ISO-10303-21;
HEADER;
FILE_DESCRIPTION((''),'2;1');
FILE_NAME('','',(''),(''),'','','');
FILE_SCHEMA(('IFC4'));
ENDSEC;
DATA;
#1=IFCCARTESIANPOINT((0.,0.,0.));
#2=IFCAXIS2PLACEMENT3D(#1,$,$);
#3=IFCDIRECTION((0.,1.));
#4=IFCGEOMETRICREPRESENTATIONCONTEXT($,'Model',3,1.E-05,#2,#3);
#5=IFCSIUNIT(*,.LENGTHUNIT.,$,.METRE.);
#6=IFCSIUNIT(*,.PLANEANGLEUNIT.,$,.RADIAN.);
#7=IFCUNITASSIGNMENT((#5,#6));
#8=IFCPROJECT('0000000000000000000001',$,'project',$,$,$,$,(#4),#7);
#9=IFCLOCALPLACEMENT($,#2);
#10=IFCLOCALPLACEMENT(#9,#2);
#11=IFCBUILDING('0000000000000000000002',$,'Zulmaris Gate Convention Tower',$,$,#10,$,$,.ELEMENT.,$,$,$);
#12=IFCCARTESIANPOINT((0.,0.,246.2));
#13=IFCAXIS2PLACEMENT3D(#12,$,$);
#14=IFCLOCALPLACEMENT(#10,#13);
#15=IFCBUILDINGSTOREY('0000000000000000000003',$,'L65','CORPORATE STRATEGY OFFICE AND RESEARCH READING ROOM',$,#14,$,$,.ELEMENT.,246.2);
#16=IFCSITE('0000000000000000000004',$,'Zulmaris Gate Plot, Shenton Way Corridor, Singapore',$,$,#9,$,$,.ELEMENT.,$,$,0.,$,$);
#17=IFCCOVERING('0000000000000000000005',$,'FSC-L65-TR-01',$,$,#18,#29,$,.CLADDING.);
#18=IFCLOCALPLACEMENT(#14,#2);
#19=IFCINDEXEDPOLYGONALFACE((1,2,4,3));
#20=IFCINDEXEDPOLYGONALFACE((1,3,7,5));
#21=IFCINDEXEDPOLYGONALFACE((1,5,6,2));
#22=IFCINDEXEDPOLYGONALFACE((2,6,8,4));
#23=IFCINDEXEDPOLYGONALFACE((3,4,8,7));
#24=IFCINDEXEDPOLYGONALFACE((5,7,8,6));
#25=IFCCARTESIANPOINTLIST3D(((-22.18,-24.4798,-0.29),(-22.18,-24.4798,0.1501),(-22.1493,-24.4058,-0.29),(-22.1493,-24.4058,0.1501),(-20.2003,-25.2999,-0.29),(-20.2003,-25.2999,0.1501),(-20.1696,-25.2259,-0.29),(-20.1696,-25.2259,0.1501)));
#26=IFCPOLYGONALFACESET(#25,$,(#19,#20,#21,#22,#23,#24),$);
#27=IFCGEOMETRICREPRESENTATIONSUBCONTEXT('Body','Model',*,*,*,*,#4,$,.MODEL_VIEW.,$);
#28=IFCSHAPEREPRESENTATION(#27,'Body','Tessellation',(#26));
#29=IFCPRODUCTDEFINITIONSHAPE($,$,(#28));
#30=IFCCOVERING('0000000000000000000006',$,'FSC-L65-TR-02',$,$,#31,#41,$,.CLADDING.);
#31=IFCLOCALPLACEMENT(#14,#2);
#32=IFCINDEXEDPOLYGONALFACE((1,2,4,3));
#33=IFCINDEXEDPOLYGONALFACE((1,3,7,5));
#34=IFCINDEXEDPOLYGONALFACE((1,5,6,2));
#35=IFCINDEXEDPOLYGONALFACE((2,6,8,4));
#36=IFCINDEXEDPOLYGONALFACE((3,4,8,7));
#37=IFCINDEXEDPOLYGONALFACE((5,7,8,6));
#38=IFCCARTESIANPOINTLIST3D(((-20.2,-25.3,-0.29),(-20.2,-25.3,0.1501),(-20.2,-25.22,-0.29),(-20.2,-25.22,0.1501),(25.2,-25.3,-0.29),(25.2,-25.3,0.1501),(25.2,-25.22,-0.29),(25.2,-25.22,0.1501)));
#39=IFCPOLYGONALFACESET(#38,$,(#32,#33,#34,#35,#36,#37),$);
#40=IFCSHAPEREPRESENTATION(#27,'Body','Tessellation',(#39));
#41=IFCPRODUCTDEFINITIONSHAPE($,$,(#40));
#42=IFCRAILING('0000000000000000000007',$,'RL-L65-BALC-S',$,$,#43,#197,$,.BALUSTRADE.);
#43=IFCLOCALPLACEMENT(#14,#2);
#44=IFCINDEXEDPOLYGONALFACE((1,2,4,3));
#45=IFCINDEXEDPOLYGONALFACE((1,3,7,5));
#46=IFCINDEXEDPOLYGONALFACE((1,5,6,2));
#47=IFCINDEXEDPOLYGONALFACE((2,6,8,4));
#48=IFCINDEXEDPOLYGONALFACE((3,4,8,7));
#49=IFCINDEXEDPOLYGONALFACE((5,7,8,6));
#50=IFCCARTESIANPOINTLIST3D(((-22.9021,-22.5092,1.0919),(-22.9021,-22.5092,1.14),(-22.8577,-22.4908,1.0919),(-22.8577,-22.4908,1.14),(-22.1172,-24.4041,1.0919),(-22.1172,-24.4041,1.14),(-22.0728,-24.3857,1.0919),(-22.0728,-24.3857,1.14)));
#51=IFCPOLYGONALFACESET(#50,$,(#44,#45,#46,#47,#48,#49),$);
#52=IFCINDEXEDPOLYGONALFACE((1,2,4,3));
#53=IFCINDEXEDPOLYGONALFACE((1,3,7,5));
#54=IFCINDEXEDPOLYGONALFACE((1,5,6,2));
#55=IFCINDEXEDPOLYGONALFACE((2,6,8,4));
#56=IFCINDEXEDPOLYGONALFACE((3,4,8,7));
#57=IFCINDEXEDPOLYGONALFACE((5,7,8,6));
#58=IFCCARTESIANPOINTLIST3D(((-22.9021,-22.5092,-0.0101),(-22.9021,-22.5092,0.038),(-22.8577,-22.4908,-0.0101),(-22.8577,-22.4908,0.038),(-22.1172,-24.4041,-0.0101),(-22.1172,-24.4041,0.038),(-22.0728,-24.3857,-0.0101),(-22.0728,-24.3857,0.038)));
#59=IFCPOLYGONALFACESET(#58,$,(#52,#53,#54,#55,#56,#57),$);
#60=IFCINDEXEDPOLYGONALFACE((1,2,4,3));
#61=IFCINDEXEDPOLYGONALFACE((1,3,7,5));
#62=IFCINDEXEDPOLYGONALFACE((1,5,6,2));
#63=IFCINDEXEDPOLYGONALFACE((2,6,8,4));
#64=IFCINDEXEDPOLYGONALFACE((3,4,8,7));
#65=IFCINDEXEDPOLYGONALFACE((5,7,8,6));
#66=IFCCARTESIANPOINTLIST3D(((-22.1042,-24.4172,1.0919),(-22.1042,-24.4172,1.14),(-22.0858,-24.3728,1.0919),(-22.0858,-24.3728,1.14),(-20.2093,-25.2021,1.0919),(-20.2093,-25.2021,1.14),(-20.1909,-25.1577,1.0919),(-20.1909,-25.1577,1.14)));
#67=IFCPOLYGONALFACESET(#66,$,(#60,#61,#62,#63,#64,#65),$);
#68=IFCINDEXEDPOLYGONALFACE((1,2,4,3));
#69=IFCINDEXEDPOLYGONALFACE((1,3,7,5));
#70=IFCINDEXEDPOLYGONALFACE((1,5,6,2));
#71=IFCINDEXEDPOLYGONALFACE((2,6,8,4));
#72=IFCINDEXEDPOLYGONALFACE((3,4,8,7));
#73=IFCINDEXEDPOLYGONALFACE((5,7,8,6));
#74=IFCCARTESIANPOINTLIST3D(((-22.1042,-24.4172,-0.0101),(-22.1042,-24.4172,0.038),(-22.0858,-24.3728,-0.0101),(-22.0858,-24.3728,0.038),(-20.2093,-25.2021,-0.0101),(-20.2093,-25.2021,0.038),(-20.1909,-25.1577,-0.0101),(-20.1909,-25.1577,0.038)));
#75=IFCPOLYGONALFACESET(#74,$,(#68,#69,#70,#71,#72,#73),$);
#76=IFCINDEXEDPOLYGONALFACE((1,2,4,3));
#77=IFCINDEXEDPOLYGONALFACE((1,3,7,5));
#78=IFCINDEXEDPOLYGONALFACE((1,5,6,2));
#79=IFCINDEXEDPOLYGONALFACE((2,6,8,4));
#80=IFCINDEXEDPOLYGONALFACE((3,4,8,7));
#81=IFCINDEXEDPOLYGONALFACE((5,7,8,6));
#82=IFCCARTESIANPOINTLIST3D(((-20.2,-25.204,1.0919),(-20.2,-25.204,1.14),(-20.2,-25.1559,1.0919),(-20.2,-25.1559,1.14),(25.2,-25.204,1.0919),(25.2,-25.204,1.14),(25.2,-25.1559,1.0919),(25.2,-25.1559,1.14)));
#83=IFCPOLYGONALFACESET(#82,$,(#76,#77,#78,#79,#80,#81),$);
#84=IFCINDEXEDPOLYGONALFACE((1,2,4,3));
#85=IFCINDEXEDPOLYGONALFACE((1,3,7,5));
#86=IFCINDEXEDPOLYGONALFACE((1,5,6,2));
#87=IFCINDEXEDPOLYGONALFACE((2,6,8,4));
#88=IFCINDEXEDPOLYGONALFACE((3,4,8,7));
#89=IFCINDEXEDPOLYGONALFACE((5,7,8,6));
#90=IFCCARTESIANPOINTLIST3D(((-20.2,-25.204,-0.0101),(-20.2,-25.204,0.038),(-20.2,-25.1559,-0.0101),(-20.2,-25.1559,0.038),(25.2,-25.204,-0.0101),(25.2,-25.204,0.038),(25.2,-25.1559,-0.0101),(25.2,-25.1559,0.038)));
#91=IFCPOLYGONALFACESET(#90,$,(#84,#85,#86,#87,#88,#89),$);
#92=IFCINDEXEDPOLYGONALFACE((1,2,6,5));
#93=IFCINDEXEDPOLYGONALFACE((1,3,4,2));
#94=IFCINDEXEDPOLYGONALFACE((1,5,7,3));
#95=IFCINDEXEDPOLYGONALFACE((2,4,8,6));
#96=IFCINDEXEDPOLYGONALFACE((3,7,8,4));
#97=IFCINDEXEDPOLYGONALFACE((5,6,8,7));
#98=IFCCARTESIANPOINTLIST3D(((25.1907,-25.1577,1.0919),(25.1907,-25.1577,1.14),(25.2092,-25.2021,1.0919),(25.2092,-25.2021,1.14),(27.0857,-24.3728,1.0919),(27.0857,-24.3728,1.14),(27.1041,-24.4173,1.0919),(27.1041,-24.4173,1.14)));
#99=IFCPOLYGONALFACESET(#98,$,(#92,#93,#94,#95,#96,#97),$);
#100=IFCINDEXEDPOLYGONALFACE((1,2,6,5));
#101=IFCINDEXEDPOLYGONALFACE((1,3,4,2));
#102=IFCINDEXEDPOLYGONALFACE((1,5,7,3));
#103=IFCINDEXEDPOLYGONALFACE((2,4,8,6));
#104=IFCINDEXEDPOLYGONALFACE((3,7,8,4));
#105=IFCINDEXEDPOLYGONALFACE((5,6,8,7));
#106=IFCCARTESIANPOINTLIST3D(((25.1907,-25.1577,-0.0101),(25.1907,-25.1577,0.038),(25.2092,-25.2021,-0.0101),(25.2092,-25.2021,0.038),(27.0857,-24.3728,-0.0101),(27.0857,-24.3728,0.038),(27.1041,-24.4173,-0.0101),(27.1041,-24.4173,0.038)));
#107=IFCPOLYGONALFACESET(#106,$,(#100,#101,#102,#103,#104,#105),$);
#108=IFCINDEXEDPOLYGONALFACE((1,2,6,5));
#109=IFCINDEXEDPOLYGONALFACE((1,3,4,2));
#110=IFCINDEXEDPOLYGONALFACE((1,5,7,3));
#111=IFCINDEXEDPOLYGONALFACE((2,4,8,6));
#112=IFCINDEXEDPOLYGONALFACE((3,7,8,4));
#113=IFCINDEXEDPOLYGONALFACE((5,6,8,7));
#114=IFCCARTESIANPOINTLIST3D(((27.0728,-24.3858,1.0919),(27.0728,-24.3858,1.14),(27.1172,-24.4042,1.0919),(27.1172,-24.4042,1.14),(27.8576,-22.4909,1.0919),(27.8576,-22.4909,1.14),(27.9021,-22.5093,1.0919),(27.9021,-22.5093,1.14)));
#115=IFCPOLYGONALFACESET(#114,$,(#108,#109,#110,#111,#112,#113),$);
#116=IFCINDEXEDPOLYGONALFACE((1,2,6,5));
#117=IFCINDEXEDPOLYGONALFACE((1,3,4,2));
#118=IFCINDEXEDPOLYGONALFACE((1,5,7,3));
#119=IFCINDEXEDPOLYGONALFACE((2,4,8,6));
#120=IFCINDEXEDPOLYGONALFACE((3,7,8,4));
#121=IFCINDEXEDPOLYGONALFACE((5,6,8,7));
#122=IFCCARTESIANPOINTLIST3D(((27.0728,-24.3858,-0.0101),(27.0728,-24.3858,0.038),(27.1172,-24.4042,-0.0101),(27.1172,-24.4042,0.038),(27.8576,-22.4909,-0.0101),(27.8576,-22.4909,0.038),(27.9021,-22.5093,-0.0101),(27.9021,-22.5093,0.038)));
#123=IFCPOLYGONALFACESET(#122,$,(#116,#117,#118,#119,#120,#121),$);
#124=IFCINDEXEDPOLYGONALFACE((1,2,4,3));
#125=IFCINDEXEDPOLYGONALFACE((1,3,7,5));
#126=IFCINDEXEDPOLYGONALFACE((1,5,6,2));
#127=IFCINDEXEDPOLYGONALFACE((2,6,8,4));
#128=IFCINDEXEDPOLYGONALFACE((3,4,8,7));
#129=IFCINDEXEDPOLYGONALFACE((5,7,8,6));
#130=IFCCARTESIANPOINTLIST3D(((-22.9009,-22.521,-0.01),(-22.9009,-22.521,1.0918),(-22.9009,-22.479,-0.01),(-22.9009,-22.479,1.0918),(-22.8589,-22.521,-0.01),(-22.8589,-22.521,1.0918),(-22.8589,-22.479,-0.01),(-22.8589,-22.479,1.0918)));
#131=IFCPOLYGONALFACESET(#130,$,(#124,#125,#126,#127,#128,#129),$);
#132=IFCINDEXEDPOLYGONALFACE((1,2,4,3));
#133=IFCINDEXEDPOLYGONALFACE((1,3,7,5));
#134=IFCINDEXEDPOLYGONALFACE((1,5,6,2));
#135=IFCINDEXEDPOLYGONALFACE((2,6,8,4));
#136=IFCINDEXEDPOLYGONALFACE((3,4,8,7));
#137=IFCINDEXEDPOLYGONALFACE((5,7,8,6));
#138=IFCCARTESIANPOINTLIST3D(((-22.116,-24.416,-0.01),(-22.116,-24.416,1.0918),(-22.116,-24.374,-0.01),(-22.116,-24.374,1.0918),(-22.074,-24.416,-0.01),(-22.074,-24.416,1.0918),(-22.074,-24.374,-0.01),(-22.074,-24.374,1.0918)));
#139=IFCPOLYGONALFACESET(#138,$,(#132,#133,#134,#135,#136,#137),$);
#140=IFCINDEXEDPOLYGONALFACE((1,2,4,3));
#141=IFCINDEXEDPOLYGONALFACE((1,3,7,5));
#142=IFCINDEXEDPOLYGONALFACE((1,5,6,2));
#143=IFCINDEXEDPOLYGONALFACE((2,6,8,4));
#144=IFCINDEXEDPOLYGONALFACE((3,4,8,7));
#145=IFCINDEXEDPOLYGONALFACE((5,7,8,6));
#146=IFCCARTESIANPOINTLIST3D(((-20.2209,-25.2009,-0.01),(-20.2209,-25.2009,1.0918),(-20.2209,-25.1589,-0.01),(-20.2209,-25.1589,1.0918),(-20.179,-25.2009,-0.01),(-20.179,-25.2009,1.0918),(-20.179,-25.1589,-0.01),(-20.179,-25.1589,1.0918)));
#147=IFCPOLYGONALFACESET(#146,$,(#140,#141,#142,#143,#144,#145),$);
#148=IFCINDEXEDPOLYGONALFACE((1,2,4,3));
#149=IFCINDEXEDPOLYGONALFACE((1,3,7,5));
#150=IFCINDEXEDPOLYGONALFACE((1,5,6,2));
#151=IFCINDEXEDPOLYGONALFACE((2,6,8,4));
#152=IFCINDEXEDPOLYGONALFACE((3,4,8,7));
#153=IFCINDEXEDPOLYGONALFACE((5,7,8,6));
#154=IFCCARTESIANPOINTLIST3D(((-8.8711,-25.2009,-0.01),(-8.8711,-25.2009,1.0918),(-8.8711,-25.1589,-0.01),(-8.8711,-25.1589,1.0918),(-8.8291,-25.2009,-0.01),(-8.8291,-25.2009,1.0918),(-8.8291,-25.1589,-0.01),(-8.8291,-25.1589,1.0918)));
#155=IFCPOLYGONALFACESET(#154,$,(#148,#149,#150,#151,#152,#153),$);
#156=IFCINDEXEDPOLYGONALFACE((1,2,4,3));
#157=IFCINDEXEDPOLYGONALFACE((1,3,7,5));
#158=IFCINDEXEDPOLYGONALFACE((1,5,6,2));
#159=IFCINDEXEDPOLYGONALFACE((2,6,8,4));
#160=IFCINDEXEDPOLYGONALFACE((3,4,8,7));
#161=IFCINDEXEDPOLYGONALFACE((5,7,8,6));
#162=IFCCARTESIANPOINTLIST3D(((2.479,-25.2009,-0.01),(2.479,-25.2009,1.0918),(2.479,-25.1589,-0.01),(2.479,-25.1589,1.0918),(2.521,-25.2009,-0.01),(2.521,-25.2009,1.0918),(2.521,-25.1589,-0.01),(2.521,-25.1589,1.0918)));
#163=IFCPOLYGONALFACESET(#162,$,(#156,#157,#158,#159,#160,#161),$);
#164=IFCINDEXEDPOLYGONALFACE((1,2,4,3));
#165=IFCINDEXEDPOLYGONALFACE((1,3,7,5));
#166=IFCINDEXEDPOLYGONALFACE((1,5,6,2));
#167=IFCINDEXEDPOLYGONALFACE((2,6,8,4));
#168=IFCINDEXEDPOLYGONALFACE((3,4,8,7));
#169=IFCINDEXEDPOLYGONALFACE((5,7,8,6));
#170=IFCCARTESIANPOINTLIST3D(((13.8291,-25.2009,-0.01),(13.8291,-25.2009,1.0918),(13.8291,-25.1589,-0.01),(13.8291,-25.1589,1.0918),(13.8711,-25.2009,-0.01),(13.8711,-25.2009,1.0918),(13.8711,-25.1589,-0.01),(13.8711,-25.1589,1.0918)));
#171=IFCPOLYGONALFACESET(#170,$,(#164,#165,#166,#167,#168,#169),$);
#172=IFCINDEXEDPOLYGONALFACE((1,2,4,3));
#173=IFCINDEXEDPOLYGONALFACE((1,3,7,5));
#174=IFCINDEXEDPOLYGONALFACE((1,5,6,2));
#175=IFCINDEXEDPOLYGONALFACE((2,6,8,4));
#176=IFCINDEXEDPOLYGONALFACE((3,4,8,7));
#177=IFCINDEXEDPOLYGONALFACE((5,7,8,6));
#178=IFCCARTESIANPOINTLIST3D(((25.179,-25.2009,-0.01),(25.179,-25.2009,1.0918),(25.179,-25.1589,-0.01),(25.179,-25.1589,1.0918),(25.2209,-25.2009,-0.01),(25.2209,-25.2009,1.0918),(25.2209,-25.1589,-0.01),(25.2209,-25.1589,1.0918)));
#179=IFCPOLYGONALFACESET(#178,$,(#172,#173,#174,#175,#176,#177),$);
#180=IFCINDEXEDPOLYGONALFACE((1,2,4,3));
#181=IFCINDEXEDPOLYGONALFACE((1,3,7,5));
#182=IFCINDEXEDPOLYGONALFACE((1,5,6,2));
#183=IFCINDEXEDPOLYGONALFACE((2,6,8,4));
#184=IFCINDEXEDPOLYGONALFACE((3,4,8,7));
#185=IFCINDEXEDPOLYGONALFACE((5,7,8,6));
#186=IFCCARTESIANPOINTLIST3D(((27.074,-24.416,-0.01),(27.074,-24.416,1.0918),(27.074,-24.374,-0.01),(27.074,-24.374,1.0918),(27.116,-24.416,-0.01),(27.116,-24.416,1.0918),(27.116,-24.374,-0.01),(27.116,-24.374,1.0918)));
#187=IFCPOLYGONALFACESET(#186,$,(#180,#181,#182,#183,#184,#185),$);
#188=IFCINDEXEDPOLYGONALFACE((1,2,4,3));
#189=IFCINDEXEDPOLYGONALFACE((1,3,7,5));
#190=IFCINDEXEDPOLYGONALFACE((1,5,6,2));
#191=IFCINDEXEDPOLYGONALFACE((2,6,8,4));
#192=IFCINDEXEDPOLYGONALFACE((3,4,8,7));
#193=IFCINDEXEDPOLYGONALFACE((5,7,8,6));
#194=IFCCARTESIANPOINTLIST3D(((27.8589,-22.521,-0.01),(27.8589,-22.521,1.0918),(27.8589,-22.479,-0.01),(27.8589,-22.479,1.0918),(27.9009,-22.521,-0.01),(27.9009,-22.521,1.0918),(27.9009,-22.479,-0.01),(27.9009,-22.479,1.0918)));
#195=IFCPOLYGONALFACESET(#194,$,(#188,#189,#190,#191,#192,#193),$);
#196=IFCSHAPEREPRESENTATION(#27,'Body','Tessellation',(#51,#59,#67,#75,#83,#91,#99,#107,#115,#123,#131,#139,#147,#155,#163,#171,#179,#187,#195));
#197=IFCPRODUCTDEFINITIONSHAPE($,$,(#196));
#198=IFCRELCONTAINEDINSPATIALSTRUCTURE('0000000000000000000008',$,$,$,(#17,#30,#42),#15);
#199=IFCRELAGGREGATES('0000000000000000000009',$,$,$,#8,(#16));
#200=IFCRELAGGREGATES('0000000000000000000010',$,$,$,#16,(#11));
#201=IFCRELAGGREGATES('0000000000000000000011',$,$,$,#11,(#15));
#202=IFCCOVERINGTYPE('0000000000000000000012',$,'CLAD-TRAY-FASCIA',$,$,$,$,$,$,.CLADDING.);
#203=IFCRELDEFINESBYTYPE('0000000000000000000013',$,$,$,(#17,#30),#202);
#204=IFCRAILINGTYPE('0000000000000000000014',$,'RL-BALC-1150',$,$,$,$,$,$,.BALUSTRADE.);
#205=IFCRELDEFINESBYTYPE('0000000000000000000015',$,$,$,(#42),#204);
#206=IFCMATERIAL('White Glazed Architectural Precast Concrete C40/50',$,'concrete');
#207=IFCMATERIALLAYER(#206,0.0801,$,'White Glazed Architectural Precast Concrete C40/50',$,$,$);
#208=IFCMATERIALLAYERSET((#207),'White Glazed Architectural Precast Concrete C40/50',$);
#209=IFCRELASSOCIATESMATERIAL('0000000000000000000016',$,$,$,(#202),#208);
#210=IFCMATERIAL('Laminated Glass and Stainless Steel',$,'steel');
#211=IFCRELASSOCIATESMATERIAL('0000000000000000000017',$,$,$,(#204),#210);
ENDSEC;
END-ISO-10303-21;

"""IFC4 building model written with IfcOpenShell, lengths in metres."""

from ifc_helpers import new_model, si_unit, direction, frame, frame_2d, origin, origin_2d, place, context, subcontext, project, spatial, rectangle, extrude, material, layer, layer_set, type_object, element, save


model = new_model("IFC4")

# Units and contexts
model_context = context("Model", 3, precision=1e-05, world=origin(), true_north=direction((0.0, 1.0)))
body_context = subcontext(model_context, "Body", "Model", "MODEL_VIEW")
ifc_project = project(units=[si_unit("LENGTHUNIT", "METRE"), si_unit("PLANEANGLEUNIT", "RADIAN")], contexts=[model_context])

# Site, building, storey
site_placement = place(None, origin())
site = spatial("IfcSite", under=ifc_project, at=site_placement, Name="Zulmaris Gate Plot, Shenton Way Corridor, Singapore", CompositionType="ELEMENT", RefElevation=0.0)
building_placement = place(site_placement, origin())
building = spatial("IfcBuilding", under=site, at=building_placement, Name="Zulmaris Gate Convention Tower", CompositionType="ELEMENT")
storey_placement = place(building_placement, frame((0.0, 0.0, 246.2)))
storey = spatial("IfcBuildingStorey", under=building, at=storey_placement, Name="L65", Description="CORPORATE STRATEGY OFFICE AND RESEARCH READING ROOM", CompositionType="ELEMENT", Elevation=246.2)

# Coverings
ifc_material_1 = material(Name="White Glazed Architectural Precast Concrete C40/50", Category="concrete")
ifc_layer_1 = layer(ifc_material_1, 0.0801, Name="White Glazed Architectural Precast Concrete C40/50")
ifc_layer_set_1 = layer_set([ifc_layer_1], Name="White Glazed Architectural Precast Concrete C40/50")
covering_type = type_object("IfcCoveringType", Name="CLAD-TRAY-FASCIA", PredefinedType="CLADDING", material=ifc_layer_set_1)
covering_1_placement = place(storey_placement, frame((-22.1646, -24.4429, -0.29), z_axis=(0.0, 0.0, 1.0), x_axis=(0.923874, -0.382697, 0.0)))
element("IfcCovering", 1, at=covering_1_placement, inside=storey, type_object=covering_type, Name="FSC-L65-TR-01", PredefinedType="CLADDING", context=body_context, shape_type="SweptSolid", body=[
    extrude(rectangle(XDim=2.1428, YDim=0.0801, at=frame_2d((1.0713, 0.0))), origin(), (0.0, 0.0, 1.0), 0.4402),
])
covering_2_placement = place(storey_placement, frame((-20.2, -25.26, -0.29), z_axis=(0.0, 0.0, 1.0), x_axis=(1.0, 0.0, 0.0)))
element("IfcCovering", 2, at=covering_2_placement, inside=storey, type_object=covering_type, Name="FSC-L65-TR-02", PredefinedType="CLADDING", context=body_context, shape_type="SweptSolid", body=[
    extrude(rectangle(XDim=45.3999, YDim=0.0801, at=frame_2d((22.7, 0.0))), origin(), (0.0, 0.0, 1.0), 0.4402),
])

# Railing
ifc_material_2 = material(Name="Laminated Glass and Stainless Steel", Category="steel")
railing_type = type_object("IfcRailingType", Name="RL-BALC-1150", PredefinedType="BALUSTRADE", material=ifc_material_2)
railing_placement = place(storey_placement, frame((-22.8799, -22.5, -0.01)))
element("IfcRailing", 3, at=railing_placement, inside=storey, type_object=railing_type, Name="RL-L65-BALC-S", PredefinedType="BALUSTRADE", context=body_context, shape_type="SweptSolid", body=[
    extrude(rectangle(XDim=0.0481, YDim=0.0481, at=origin_2d()), frame((0.0, 0.0, 1.126), z_axis=(0.382671, -0.923885, 0.0), x_axis=(0.923885, 0.382671, 0.0)), (0.0, 0.0, 1.0), 2.051),
    extrude(rectangle(XDim=0.0481, YDim=0.0481, at=origin_2d()), frame((0.0, 0.0, 0.0239), z_axis=(0.382671, -0.923885, 0.0), x_axis=(0.923885, 0.382671, 0.0)), (0.0, 0.0, 1.0), 2.051),
    extrude(rectangle(XDim=0.0481, YDim=0.0481, at=origin_2d()), frame((0.7849, -1.895, 1.126), z_axis=(0.923885, -0.382671, 0.0), x_axis=(0.382671, 0.923885, 0.0)), (0.0, 0.0, 1.0), 2.051),
    extrude(rectangle(XDim=0.0481, YDim=0.0481, at=origin_2d()), frame((0.7849, -1.895, 0.0239), z_axis=(0.923885, -0.382671, 0.0), x_axis=(0.382671, 0.923885, 0.0)), (0.0, 0.0, 1.0), 2.051),
    extrude(rectangle(XDim=0.0481, YDim=0.0481, at=origin_2d()), frame((2.6799, -2.6799, 1.126), z_axis=(1.0, 0.0, 0.0), x_axis=(0.0, 1.0, 0.0)), (0.0, 0.0, 1.0), 45.3999),
    extrude(rectangle(XDim=0.0481, YDim=0.0481, at=origin_2d()), frame((2.6799, -2.6799, 0.0239), z_axis=(1.0, 0.0, 0.0), x_axis=(0.0, 1.0, 0.0)), (0.0, 0.0, 1.0), 45.3999),
    extrude(rectangle(XDim=0.0481, YDim=0.0481, at=origin_2d()), frame((48.0798, -2.6799, 1.126), z_axis=(0.923885, 0.382671, 0.0), x_axis=(-0.382671, 0.923885, 0.0)), (0.0, 0.0, 1.0), 2.051),
    extrude(rectangle(XDim=0.0481, YDim=0.0481, at=origin_2d()), frame((48.0798, -2.6799, 0.0239), z_axis=(0.923885, 0.382671, 0.0), x_axis=(-0.382671, 0.923885, 0.0)), (0.0, 0.0, 1.0), 2.051),
    extrude(rectangle(XDim=0.0481, YDim=0.0481, at=origin_2d()), frame((49.9749, -1.895, 1.126), z_axis=(0.382671, 0.923885, 0.0), x_axis=(-0.923885, 0.382671, 0.0)), (0.0, 0.0, 1.0), 2.051),
    extrude(rectangle(XDim=0.0481, YDim=0.0481, at=origin_2d()), frame((49.9749, -1.895, 0.0239), z_axis=(0.382671, 0.923885, 0.0), x_axis=(-0.923885, 0.382671, 0.0)), (0.0, 0.0, 1.0), 2.051),
    extrude(rectangle(XDim=0.042, YDim=0.042, at=origin_2d()), origin(), (0.0, 0.0, 1.0), 1.1018),
    extrude(rectangle(XDim=0.042, YDim=0.042, at=origin_2d()), frame((0.7849, -1.895, 0.0)), (0.0, 0.0, 1.0), 1.1018),
    extrude(rectangle(XDim=0.042, YDim=0.042, at=origin_2d()), frame((2.6799, -2.6799, 0.0)), (0.0, 0.0, 1.0), 1.1018),
    extrude(rectangle(XDim=0.042, YDim=0.042, at=origin_2d()), frame((14.0298, -2.6799, 0.0)), (0.0, 0.0, 1.0), 1.1018),
    extrude(rectangle(XDim=0.042, YDim=0.042, at=origin_2d()), frame((25.3799, -2.6799, 0.0)), (0.0, 0.0, 1.0), 1.1018),
    extrude(rectangle(XDim=0.042, YDim=0.042, at=origin_2d()), frame((36.73, -2.6799, 0.0)), (0.0, 0.0, 1.0), 1.1018),
    extrude(rectangle(XDim=0.042, YDim=0.042, at=origin_2d()), frame((48.0798, -2.6799, 0.0)), (0.0, 0.0, 1.0), 1.1018),
    extrude(rectangle(XDim=0.042, YDim=0.042, at=origin_2d()), frame((49.9749, -1.895, 0.0)), (0.0, 0.0, 1.0), 1.1018),
    extrude(rectangle(XDim=0.042, YDim=0.042, at=origin_2d()), frame((50.7598, 0.0, 0.0)), (0.0, 0.0, 1.0), 1.1018),
])

save(model, "model.ifc")
